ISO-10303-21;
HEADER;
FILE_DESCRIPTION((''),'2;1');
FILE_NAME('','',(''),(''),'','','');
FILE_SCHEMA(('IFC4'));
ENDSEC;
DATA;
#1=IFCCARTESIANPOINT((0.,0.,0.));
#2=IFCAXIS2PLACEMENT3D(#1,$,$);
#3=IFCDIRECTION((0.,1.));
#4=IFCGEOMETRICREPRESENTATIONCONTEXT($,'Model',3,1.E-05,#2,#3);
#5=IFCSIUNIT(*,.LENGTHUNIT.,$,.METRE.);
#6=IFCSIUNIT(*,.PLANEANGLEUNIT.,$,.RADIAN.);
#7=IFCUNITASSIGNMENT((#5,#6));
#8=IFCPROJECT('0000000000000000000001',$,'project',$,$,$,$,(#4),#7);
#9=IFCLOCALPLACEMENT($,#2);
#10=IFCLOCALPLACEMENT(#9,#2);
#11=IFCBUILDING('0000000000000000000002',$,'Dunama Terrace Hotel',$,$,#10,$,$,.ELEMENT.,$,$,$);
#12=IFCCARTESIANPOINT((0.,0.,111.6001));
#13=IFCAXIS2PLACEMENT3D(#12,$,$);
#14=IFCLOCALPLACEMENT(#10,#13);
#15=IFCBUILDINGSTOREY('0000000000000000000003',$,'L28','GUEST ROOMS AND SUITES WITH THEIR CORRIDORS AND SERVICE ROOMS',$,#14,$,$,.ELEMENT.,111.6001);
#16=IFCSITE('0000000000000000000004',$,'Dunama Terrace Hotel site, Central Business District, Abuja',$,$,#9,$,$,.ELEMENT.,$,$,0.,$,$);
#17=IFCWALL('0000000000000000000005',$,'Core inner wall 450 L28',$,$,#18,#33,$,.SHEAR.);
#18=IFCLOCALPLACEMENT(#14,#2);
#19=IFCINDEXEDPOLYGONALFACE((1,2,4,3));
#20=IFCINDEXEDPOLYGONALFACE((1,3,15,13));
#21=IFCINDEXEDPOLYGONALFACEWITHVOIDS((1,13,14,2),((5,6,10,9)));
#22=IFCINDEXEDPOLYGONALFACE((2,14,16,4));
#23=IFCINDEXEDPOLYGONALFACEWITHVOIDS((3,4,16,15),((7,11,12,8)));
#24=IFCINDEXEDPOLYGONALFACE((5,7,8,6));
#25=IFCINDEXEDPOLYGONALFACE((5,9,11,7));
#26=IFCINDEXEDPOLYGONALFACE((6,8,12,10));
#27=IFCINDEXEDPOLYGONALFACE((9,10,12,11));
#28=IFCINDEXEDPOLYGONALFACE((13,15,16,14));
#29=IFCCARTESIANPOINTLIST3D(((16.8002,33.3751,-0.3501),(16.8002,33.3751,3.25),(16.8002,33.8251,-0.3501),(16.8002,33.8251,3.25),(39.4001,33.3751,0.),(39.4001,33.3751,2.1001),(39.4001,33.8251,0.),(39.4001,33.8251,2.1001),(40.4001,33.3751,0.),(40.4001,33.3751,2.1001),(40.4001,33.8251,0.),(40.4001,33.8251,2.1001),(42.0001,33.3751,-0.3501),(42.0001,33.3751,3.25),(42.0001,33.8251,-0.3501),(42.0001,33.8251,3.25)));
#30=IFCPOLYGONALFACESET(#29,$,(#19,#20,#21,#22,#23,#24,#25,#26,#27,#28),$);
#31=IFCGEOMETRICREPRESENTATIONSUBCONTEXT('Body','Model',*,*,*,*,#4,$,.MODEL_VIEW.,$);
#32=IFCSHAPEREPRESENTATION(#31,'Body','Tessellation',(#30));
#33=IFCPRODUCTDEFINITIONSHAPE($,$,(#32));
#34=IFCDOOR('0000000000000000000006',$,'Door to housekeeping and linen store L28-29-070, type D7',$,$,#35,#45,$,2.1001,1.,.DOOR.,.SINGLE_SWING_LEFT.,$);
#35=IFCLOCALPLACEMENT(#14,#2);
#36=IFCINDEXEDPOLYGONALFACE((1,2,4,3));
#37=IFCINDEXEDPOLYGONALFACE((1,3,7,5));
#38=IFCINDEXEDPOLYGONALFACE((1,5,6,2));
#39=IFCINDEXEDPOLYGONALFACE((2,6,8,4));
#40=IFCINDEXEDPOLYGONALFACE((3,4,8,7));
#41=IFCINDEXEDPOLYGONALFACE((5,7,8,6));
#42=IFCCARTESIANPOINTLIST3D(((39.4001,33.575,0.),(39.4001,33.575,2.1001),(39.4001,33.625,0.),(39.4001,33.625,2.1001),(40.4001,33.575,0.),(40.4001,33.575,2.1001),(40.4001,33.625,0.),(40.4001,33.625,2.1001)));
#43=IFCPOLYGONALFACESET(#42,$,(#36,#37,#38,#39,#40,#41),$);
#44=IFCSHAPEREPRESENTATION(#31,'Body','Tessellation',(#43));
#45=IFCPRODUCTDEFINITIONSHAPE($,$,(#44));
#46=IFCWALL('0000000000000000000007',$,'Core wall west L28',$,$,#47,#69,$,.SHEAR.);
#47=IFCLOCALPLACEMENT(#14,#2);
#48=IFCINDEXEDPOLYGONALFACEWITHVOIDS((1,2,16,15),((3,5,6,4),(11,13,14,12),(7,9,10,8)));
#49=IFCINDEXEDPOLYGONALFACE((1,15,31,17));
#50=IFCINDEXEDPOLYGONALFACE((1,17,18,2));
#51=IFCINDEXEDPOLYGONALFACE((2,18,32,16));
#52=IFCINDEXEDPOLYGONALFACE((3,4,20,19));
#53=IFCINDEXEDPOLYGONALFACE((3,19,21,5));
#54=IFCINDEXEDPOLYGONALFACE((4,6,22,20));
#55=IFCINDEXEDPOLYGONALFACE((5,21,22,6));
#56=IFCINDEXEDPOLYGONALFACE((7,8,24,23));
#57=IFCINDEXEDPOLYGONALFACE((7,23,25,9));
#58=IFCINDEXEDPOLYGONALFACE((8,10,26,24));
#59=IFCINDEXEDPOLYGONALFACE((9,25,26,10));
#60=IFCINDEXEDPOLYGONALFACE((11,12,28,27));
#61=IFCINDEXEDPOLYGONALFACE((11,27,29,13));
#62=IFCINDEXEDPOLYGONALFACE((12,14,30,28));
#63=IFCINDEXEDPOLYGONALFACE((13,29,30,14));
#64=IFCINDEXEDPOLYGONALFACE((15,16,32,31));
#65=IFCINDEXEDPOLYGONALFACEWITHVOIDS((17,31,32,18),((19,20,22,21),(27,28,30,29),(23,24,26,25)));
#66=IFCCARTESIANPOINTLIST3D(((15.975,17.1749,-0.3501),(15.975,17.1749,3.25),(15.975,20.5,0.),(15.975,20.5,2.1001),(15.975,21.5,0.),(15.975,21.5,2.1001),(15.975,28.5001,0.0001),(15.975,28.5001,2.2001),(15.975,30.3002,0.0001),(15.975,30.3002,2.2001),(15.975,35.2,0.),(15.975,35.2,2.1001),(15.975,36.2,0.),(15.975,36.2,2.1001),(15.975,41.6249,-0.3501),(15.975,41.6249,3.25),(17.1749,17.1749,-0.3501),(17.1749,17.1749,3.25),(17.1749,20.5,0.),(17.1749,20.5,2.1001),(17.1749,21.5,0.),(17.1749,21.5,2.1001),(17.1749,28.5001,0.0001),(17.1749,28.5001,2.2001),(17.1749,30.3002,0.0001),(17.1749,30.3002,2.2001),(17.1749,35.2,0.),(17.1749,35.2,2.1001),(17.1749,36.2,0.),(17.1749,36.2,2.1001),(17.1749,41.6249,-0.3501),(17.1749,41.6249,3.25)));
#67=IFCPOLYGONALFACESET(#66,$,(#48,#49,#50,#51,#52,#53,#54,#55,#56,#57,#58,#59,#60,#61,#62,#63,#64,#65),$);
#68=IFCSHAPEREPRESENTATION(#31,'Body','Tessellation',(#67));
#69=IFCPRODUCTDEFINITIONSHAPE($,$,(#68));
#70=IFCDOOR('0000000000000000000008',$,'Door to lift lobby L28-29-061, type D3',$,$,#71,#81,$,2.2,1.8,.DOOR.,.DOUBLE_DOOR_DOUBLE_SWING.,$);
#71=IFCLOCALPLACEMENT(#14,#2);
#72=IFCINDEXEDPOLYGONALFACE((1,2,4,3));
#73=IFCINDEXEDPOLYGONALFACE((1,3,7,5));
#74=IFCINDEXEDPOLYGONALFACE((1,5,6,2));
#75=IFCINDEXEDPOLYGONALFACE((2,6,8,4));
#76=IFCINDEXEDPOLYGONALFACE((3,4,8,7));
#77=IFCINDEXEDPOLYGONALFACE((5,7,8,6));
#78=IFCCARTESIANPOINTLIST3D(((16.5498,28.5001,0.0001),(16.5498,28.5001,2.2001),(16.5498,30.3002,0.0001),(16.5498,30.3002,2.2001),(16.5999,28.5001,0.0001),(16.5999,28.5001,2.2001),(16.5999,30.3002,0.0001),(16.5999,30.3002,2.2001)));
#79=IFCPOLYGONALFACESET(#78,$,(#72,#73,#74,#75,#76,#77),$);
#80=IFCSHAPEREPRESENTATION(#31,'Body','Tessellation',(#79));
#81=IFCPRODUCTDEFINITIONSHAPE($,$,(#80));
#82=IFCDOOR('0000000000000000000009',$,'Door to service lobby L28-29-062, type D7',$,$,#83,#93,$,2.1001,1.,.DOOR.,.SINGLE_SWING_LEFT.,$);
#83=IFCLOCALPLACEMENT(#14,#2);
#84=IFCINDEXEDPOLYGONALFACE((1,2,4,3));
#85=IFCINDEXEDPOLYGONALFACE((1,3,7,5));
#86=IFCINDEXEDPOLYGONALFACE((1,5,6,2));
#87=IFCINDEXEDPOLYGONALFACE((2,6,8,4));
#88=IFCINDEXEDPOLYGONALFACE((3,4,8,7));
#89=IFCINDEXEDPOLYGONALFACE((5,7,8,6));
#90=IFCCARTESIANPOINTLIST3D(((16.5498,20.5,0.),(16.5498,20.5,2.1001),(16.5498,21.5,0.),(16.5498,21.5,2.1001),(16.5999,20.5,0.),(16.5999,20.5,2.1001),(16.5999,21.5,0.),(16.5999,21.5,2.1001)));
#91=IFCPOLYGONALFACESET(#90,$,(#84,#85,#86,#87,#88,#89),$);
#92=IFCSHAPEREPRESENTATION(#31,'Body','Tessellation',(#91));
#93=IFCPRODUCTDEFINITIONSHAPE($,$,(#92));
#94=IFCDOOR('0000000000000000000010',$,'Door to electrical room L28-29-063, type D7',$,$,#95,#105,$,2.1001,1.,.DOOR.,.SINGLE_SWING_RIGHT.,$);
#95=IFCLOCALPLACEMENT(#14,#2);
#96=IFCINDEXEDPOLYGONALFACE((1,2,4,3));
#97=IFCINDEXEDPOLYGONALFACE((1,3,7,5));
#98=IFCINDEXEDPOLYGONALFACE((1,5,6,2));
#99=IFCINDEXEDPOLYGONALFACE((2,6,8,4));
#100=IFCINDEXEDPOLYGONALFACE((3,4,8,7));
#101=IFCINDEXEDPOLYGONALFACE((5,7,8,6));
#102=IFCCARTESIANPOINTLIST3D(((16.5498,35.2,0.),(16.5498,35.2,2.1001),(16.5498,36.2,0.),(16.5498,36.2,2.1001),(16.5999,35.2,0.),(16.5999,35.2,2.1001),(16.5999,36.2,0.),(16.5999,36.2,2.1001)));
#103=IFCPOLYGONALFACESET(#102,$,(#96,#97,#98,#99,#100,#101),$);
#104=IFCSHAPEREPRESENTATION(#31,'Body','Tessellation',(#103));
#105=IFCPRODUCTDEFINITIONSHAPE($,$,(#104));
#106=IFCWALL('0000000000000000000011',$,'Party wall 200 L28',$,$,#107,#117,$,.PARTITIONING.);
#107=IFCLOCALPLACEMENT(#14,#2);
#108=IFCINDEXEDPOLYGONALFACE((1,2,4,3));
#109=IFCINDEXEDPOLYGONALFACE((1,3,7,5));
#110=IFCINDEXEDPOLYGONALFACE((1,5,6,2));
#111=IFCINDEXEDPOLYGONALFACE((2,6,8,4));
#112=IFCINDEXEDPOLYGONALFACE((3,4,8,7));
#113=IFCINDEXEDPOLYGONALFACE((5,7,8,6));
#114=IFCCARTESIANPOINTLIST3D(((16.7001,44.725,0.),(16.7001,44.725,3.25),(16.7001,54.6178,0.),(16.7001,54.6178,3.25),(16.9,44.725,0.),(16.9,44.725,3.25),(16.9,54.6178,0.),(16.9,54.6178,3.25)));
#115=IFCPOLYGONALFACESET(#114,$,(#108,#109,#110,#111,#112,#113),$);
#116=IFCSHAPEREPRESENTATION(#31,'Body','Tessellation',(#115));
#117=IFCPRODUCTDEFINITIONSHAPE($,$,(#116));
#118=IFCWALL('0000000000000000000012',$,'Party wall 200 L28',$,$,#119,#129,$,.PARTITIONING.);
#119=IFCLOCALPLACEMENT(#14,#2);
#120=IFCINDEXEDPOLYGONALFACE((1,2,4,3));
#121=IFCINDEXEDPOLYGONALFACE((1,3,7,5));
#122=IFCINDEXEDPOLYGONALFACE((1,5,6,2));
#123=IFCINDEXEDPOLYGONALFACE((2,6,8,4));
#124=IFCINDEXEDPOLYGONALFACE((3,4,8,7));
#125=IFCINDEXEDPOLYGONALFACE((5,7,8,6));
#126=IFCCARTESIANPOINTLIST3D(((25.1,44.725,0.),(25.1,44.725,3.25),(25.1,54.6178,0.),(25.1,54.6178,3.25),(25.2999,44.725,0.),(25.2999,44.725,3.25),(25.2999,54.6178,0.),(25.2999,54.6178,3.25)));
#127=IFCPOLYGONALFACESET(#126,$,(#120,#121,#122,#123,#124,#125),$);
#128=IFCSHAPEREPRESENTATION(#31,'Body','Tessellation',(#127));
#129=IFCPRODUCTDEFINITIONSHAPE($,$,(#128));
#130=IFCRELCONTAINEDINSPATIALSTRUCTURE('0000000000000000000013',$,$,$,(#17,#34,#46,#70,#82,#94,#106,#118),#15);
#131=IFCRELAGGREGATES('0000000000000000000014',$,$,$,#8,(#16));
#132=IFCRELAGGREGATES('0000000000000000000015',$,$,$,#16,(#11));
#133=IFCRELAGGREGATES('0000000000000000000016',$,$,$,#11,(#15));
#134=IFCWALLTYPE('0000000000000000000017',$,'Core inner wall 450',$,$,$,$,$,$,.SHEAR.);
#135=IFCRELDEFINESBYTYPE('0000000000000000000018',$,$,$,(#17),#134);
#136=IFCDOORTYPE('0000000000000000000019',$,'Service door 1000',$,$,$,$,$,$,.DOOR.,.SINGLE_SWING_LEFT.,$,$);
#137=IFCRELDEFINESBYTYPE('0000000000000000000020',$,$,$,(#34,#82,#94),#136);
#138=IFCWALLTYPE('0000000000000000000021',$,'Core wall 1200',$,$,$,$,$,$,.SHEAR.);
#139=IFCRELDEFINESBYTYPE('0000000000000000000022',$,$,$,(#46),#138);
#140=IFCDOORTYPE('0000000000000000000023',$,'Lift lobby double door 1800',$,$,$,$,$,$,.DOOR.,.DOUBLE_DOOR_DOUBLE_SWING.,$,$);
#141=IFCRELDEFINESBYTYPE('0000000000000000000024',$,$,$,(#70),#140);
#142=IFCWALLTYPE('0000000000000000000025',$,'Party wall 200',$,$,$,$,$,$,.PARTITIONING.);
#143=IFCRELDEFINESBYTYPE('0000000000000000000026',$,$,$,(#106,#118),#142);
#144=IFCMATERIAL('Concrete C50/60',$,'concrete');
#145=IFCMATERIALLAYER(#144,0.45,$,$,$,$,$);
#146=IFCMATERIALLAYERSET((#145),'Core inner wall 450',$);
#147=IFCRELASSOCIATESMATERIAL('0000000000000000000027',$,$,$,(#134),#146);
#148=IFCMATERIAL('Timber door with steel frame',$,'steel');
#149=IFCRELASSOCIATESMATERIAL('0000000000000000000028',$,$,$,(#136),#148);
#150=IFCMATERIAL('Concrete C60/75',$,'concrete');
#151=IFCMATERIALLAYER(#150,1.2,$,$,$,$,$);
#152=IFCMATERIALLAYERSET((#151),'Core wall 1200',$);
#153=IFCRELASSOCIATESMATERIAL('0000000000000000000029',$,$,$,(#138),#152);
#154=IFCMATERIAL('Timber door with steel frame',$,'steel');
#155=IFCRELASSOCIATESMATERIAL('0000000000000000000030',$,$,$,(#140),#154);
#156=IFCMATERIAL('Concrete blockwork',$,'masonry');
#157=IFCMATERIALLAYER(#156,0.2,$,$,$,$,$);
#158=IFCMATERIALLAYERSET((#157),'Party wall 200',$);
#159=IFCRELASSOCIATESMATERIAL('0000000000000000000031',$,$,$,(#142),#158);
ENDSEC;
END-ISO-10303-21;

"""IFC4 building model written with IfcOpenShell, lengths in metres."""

from ifc_helpers import new_model, si_unit, direction, frame, frame_2d, origin, place, context, subcontext, project, spatial, rectangle, extrude, material, layer, layer_set, type_object, element, fill, save


model = new_model("IFC4")

# Units and contexts
model_context = context("Model", 3, precision=1e-05, world=origin(), true_north=direction((0.0, 1.0)))
body_context = subcontext(model_context, "Body", "Model", "MODEL_VIEW")
ifc_project = project(units=[si_unit("LENGTHUNIT", "METRE"), si_unit("PLANEANGLEUNIT", "RADIAN")], contexts=[model_context])

# Site, building, storey
site_placement = place(None, origin())
site = spatial("IfcSite", under=ifc_project, at=site_placement, Name="Dunama Terrace Hotel site, Central Business District, Abuja", CompositionType="ELEMENT", RefElevation=0.0)
building_placement = place(site_placement, origin())
building = spatial("IfcBuilding", under=site, at=building_placement, Name="Dunama Terrace Hotel", CompositionType="ELEMENT")
storey_placement = place(building_placement, frame((0.0, 0.0, 111.6001)))
storey = spatial("IfcBuildingStorey", under=building, at=storey_placement, Name="L28", Description="GUEST ROOMS AND SUITES WITH THEIR CORRIDORS AND SERVICE ROOMS", CompositionType="ELEMENT", Elevation=111.6001)

# Shared definitions
ifc_material_1 = material(Name="Concrete C50/60", Category="concrete")
ifc_layer_1 = layer(ifc_material_1, 0.45)
ifc_layer_set_1 = layer_set([ifc_layer_1], Name="Core inner wall 450")
wall_type_1 = type_object("IfcWallType", Name="Core inner wall 450", PredefinedType="SHEAR", material=ifc_layer_set_1)

# Wall, opening, door
wall_1_placement = place(storey_placement, frame((16.8, 33.6001, -0.3501), z_axis=(0.0, 0.0, 1.0), x_axis=(1.0, 0.0, 0.0)))
wall_1 = element("IfcWall", 1, at=wall_1_placement, inside=storey, type_object=wall_type_1, Name="Core inner wall 450 L28", PredefinedType="SHEAR", context=body_context, shape_type="SweptSolid", body=[
    extrude(rectangle(XDim=25.2, YDim=0.45, at=frame_2d((12.6001, 0.0))), origin(), (0.0, 0.0, 1.0), 3.6001),
])
opening_1_placement = place(wall_1_placement, frame((22.6001, 0.0, 0.3501)))
opening_1 = element("IfcOpeningElement", 2, at=opening_1_placement, cuts=wall_1, PredefinedType="OPENING", context=body_context, shape_type="SweptSolid", body=[
    extrude(rectangle(XDim=1.0, YDim=2.1001, at=frame_2d((0.5, 1.05))), frame((0.0, 0.2349, 0.0), z_axis=(0.0, -1.0, 0.0), x_axis=(1.0, 0.0, 0.0)), (0.0, 0.0, 1.0), 0.47),
])
ifc_material_2 = material(Name="Timber door with steel frame", Category="steel")
door_type_1 = type_object("IfcDoorType", Name="Service door 1000", OperationType="SINGLE_SWING_LEFT", PredefinedType="DOOR", material=ifc_material_2)
door_1_placement = place(opening_1_placement, frame((1.0, 0.0, 0.0), z_axis=(0.0, 0.0, 1.0), x_axis=(-1.0, 0.0, 0.0)))
door_1 = element("IfcDoor", 3, at=door_1_placement, inside=storey, type_object=door_type_1, Name="Door to housekeeping and linen store L28-29-070, type D7", OperationType="SINGLE_SWING_LEFT", OverallHeight=2.1001, OverallWidth=1.0, PredefinedType="DOOR", context=body_context, shape_type="SweptSolid", body=[
    extrude(rectangle(XDim=1.0, YDim=2.1001, at=frame_2d((0.5, 1.05))), frame((0.0, 0.0251, 0.0), z_axis=(0.0, -1.0, 0.0), x_axis=(1.0, 0.0, 0.0)), (0.0, 0.0, 1.0), 0.05),
])
fill(opening_1, door_1)

# Wall, openings, doors
ifc_material_3 = material(Name="Concrete C60/75", Category="concrete")
ifc_layer_2 = layer(ifc_material_3, 1.2)
ifc_layer_set_2 = layer_set([ifc_layer_2], Name="Core wall 1200")
wall_type_2 = type_object("IfcWallType", Name="Core wall 1200", PredefinedType="SHEAR", material=ifc_layer_set_2)
wall_2_placement = place(storey_placement, frame((16.575, 41.625, -0.3501), z_axis=(0.0, 0.0, 1.0), x_axis=(0.0, -1.0, 0.0)))
wall_2 = element("IfcWall", 4, at=wall_2_placement, inside=storey, type_object=wall_type_2, Name="Core wall west L28", PredefinedType="SHEAR", context=body_context, shape_type="SweptSolid", body=[
    extrude(rectangle(XDim=24.45, YDim=1.2, at=frame_2d((12.2251, 0.0))), origin(), (0.0, 0.0, 1.0), 3.6001),
])
opening_2_placement = place(wall_2_placement, frame((11.325, 0.0, 0.3501)))
opening_2 = element("IfcOpeningElement", 5, at=opening_2_placement, cuts=wall_2, PredefinedType="OPENING", context=body_context, shape_type="SweptSolid", body=[
    extrude(rectangle(XDim=1.8, YDim=2.2, at=frame_2d((0.8999, 1.1001))), frame((0.0, 0.6099, 0.0), z_axis=(0.0, -1.0, 0.0), x_axis=(1.0, 0.0, 0.0)), (0.0, 0.0, 1.0), 1.22),
])
opening_3_placement = place(wall_2_placement, frame((20.125, 0.0, 0.3501)))
opening_3 = element("IfcOpeningElement", 6, at=opening_3_placement, cuts=wall_2, PredefinedType="OPENING", context=body_context, shape_type="SweptSolid", body=[
    extrude(rectangle(XDim=1.0, YDim=2.1001, at=frame_2d((0.5, 1.05))), frame((0.0, 0.6099, 0.0), z_axis=(0.0, -1.0, 0.0), x_axis=(1.0, 0.0, 0.0)), (0.0, 0.0, 1.0), 1.22),
])
opening_4_placement = place(wall_2_placement, frame((5.425, 0.0, 0.3501)))
opening_4 = element("IfcOpeningElement", 7, at=opening_4_placement, cuts=wall_2, PredefinedType="OPENING", context=body_context, shape_type="SweptSolid", body=[
    extrude(rectangle(XDim=1.0, YDim=2.1001, at=frame_2d((0.5, 1.05))), frame((0.0, 0.6099, 0.0), z_axis=(0.0, -1.0, 0.0), x_axis=(1.0, 0.0, 0.0)), (0.0, 0.0, 1.0), 1.22),
])
ifc_material_4 = material(Name="Timber door with steel frame", Category="steel")
door_type_2 = type_object("IfcDoorType", Name="Lift lobby double door 1800", OperationType="DOUBLE_DOOR_DOUBLE_SWING", PredefinedType="DOOR", material=ifc_material_4)
door_2_placement = place(opening_2_placement, origin())
door_2 = element("IfcDoor", 8, at=door_2_placement, inside=storey, type_object=door_type_2, Name="Door to lift lobby L28-29-061, type D3", OperationType="DOUBLE_DOOR_DOUBLE_SWING", OverallHeight=2.2, OverallWidth=1.8, PredefinedType="DOOR", context=body_context, shape_type="SweptSolid", body=[
    extrude(rectangle(XDim=1.8, YDim=2.2, at=frame_2d((0.8999, 1.1001))), frame((0.0, 0.0249, 0.0), z_axis=(0.0, -1.0, 0.0), x_axis=(1.0, 0.0, 0.0)), (0.0, 0.0, 1.0), 0.05),
])
fill(opening_2, door_2)
door_3_placement = place(opening_3_placement, origin())
door_3 = element("IfcDoor", 9, at=door_3_placement, inside=storey, type_object=door_type_1, Name="Door to service lobby L28-29-062, type D7", OperationType="SINGLE_SWING_LEFT", OverallHeight=2.1001, OverallWidth=1.0, PredefinedType="DOOR", context=body_context, shape_type="SweptSolid", body=[
    extrude(rectangle(XDim=1.0, YDim=2.1001, at=frame_2d((0.5, 1.05))), frame((0.0, 0.0249, 0.0), z_axis=(0.0, -1.0, 0.0), x_axis=(1.0, 0.0, 0.0)), (0.0, 0.0, 1.0), 0.05),
])
fill(opening_3, door_3)
door_4_placement = place(opening_4_placement, origin())
door_4 = element("IfcDoor", 10, at=door_4_placement, inside=storey, type_object=door_type_1, Name="Door to electrical room L28-29-063, type D7", OperationType="SINGLE_SWING_RIGHT", OverallHeight=2.1001, OverallWidth=1.0, PredefinedType="DOOR", context=body_context, shape_type="SweptSolid", body=[
    extrude(rectangle(XDim=1.0, YDim=2.1001, at=frame_2d((0.5, 1.05))), frame((0.0, 0.0249, 0.0), z_axis=(0.0, -1.0, 0.0), x_axis=(1.0, 0.0, 0.0)), (0.0, 0.0, 1.0), 0.05),
])
fill(opening_4, door_4)

# Walls
ifc_material_5 = material(Name="Concrete blockwork", Category="masonry")
ifc_layer_3 = layer(ifc_material_5, 0.2)
ifc_layer_set_3 = layer_set([ifc_layer_3], Name="Party wall 200")
wall_type_3 = type_object("IfcWallType", Name="Party wall 200", PredefinedType="PARTITIONING", material=ifc_layer_set_3)
for number, where, z_axis, x_axis, name in (
    (11, (16.8, 44.7251, 0.0), (0.0, 0.0, 1.0), (0.0, 1.0, 0.0), "Party wall 200 L28"),
    (12, (25.2, 44.7251, 0.0), (0.0, 0.0, 1.0), (0.0, 1.0, 0.0), "Party wall 200 L28"),
):
    element("IfcWall", number, at=place(storey_placement, frame(where, z_axis=z_axis, x_axis=x_axis)), inside=storey, type_object=wall_type_3, Name=name, PredefinedType="PARTITIONING", context=body_context, shape_type="SweptSolid", body=[
        extrude(rectangle(XDim=9.8928, YDim=0.2, at=frame_2d((4.9463, 0.0))), origin(), (0.0, 0.0, 1.0), 3.25),
    ])

save(model, "model.ifc")
